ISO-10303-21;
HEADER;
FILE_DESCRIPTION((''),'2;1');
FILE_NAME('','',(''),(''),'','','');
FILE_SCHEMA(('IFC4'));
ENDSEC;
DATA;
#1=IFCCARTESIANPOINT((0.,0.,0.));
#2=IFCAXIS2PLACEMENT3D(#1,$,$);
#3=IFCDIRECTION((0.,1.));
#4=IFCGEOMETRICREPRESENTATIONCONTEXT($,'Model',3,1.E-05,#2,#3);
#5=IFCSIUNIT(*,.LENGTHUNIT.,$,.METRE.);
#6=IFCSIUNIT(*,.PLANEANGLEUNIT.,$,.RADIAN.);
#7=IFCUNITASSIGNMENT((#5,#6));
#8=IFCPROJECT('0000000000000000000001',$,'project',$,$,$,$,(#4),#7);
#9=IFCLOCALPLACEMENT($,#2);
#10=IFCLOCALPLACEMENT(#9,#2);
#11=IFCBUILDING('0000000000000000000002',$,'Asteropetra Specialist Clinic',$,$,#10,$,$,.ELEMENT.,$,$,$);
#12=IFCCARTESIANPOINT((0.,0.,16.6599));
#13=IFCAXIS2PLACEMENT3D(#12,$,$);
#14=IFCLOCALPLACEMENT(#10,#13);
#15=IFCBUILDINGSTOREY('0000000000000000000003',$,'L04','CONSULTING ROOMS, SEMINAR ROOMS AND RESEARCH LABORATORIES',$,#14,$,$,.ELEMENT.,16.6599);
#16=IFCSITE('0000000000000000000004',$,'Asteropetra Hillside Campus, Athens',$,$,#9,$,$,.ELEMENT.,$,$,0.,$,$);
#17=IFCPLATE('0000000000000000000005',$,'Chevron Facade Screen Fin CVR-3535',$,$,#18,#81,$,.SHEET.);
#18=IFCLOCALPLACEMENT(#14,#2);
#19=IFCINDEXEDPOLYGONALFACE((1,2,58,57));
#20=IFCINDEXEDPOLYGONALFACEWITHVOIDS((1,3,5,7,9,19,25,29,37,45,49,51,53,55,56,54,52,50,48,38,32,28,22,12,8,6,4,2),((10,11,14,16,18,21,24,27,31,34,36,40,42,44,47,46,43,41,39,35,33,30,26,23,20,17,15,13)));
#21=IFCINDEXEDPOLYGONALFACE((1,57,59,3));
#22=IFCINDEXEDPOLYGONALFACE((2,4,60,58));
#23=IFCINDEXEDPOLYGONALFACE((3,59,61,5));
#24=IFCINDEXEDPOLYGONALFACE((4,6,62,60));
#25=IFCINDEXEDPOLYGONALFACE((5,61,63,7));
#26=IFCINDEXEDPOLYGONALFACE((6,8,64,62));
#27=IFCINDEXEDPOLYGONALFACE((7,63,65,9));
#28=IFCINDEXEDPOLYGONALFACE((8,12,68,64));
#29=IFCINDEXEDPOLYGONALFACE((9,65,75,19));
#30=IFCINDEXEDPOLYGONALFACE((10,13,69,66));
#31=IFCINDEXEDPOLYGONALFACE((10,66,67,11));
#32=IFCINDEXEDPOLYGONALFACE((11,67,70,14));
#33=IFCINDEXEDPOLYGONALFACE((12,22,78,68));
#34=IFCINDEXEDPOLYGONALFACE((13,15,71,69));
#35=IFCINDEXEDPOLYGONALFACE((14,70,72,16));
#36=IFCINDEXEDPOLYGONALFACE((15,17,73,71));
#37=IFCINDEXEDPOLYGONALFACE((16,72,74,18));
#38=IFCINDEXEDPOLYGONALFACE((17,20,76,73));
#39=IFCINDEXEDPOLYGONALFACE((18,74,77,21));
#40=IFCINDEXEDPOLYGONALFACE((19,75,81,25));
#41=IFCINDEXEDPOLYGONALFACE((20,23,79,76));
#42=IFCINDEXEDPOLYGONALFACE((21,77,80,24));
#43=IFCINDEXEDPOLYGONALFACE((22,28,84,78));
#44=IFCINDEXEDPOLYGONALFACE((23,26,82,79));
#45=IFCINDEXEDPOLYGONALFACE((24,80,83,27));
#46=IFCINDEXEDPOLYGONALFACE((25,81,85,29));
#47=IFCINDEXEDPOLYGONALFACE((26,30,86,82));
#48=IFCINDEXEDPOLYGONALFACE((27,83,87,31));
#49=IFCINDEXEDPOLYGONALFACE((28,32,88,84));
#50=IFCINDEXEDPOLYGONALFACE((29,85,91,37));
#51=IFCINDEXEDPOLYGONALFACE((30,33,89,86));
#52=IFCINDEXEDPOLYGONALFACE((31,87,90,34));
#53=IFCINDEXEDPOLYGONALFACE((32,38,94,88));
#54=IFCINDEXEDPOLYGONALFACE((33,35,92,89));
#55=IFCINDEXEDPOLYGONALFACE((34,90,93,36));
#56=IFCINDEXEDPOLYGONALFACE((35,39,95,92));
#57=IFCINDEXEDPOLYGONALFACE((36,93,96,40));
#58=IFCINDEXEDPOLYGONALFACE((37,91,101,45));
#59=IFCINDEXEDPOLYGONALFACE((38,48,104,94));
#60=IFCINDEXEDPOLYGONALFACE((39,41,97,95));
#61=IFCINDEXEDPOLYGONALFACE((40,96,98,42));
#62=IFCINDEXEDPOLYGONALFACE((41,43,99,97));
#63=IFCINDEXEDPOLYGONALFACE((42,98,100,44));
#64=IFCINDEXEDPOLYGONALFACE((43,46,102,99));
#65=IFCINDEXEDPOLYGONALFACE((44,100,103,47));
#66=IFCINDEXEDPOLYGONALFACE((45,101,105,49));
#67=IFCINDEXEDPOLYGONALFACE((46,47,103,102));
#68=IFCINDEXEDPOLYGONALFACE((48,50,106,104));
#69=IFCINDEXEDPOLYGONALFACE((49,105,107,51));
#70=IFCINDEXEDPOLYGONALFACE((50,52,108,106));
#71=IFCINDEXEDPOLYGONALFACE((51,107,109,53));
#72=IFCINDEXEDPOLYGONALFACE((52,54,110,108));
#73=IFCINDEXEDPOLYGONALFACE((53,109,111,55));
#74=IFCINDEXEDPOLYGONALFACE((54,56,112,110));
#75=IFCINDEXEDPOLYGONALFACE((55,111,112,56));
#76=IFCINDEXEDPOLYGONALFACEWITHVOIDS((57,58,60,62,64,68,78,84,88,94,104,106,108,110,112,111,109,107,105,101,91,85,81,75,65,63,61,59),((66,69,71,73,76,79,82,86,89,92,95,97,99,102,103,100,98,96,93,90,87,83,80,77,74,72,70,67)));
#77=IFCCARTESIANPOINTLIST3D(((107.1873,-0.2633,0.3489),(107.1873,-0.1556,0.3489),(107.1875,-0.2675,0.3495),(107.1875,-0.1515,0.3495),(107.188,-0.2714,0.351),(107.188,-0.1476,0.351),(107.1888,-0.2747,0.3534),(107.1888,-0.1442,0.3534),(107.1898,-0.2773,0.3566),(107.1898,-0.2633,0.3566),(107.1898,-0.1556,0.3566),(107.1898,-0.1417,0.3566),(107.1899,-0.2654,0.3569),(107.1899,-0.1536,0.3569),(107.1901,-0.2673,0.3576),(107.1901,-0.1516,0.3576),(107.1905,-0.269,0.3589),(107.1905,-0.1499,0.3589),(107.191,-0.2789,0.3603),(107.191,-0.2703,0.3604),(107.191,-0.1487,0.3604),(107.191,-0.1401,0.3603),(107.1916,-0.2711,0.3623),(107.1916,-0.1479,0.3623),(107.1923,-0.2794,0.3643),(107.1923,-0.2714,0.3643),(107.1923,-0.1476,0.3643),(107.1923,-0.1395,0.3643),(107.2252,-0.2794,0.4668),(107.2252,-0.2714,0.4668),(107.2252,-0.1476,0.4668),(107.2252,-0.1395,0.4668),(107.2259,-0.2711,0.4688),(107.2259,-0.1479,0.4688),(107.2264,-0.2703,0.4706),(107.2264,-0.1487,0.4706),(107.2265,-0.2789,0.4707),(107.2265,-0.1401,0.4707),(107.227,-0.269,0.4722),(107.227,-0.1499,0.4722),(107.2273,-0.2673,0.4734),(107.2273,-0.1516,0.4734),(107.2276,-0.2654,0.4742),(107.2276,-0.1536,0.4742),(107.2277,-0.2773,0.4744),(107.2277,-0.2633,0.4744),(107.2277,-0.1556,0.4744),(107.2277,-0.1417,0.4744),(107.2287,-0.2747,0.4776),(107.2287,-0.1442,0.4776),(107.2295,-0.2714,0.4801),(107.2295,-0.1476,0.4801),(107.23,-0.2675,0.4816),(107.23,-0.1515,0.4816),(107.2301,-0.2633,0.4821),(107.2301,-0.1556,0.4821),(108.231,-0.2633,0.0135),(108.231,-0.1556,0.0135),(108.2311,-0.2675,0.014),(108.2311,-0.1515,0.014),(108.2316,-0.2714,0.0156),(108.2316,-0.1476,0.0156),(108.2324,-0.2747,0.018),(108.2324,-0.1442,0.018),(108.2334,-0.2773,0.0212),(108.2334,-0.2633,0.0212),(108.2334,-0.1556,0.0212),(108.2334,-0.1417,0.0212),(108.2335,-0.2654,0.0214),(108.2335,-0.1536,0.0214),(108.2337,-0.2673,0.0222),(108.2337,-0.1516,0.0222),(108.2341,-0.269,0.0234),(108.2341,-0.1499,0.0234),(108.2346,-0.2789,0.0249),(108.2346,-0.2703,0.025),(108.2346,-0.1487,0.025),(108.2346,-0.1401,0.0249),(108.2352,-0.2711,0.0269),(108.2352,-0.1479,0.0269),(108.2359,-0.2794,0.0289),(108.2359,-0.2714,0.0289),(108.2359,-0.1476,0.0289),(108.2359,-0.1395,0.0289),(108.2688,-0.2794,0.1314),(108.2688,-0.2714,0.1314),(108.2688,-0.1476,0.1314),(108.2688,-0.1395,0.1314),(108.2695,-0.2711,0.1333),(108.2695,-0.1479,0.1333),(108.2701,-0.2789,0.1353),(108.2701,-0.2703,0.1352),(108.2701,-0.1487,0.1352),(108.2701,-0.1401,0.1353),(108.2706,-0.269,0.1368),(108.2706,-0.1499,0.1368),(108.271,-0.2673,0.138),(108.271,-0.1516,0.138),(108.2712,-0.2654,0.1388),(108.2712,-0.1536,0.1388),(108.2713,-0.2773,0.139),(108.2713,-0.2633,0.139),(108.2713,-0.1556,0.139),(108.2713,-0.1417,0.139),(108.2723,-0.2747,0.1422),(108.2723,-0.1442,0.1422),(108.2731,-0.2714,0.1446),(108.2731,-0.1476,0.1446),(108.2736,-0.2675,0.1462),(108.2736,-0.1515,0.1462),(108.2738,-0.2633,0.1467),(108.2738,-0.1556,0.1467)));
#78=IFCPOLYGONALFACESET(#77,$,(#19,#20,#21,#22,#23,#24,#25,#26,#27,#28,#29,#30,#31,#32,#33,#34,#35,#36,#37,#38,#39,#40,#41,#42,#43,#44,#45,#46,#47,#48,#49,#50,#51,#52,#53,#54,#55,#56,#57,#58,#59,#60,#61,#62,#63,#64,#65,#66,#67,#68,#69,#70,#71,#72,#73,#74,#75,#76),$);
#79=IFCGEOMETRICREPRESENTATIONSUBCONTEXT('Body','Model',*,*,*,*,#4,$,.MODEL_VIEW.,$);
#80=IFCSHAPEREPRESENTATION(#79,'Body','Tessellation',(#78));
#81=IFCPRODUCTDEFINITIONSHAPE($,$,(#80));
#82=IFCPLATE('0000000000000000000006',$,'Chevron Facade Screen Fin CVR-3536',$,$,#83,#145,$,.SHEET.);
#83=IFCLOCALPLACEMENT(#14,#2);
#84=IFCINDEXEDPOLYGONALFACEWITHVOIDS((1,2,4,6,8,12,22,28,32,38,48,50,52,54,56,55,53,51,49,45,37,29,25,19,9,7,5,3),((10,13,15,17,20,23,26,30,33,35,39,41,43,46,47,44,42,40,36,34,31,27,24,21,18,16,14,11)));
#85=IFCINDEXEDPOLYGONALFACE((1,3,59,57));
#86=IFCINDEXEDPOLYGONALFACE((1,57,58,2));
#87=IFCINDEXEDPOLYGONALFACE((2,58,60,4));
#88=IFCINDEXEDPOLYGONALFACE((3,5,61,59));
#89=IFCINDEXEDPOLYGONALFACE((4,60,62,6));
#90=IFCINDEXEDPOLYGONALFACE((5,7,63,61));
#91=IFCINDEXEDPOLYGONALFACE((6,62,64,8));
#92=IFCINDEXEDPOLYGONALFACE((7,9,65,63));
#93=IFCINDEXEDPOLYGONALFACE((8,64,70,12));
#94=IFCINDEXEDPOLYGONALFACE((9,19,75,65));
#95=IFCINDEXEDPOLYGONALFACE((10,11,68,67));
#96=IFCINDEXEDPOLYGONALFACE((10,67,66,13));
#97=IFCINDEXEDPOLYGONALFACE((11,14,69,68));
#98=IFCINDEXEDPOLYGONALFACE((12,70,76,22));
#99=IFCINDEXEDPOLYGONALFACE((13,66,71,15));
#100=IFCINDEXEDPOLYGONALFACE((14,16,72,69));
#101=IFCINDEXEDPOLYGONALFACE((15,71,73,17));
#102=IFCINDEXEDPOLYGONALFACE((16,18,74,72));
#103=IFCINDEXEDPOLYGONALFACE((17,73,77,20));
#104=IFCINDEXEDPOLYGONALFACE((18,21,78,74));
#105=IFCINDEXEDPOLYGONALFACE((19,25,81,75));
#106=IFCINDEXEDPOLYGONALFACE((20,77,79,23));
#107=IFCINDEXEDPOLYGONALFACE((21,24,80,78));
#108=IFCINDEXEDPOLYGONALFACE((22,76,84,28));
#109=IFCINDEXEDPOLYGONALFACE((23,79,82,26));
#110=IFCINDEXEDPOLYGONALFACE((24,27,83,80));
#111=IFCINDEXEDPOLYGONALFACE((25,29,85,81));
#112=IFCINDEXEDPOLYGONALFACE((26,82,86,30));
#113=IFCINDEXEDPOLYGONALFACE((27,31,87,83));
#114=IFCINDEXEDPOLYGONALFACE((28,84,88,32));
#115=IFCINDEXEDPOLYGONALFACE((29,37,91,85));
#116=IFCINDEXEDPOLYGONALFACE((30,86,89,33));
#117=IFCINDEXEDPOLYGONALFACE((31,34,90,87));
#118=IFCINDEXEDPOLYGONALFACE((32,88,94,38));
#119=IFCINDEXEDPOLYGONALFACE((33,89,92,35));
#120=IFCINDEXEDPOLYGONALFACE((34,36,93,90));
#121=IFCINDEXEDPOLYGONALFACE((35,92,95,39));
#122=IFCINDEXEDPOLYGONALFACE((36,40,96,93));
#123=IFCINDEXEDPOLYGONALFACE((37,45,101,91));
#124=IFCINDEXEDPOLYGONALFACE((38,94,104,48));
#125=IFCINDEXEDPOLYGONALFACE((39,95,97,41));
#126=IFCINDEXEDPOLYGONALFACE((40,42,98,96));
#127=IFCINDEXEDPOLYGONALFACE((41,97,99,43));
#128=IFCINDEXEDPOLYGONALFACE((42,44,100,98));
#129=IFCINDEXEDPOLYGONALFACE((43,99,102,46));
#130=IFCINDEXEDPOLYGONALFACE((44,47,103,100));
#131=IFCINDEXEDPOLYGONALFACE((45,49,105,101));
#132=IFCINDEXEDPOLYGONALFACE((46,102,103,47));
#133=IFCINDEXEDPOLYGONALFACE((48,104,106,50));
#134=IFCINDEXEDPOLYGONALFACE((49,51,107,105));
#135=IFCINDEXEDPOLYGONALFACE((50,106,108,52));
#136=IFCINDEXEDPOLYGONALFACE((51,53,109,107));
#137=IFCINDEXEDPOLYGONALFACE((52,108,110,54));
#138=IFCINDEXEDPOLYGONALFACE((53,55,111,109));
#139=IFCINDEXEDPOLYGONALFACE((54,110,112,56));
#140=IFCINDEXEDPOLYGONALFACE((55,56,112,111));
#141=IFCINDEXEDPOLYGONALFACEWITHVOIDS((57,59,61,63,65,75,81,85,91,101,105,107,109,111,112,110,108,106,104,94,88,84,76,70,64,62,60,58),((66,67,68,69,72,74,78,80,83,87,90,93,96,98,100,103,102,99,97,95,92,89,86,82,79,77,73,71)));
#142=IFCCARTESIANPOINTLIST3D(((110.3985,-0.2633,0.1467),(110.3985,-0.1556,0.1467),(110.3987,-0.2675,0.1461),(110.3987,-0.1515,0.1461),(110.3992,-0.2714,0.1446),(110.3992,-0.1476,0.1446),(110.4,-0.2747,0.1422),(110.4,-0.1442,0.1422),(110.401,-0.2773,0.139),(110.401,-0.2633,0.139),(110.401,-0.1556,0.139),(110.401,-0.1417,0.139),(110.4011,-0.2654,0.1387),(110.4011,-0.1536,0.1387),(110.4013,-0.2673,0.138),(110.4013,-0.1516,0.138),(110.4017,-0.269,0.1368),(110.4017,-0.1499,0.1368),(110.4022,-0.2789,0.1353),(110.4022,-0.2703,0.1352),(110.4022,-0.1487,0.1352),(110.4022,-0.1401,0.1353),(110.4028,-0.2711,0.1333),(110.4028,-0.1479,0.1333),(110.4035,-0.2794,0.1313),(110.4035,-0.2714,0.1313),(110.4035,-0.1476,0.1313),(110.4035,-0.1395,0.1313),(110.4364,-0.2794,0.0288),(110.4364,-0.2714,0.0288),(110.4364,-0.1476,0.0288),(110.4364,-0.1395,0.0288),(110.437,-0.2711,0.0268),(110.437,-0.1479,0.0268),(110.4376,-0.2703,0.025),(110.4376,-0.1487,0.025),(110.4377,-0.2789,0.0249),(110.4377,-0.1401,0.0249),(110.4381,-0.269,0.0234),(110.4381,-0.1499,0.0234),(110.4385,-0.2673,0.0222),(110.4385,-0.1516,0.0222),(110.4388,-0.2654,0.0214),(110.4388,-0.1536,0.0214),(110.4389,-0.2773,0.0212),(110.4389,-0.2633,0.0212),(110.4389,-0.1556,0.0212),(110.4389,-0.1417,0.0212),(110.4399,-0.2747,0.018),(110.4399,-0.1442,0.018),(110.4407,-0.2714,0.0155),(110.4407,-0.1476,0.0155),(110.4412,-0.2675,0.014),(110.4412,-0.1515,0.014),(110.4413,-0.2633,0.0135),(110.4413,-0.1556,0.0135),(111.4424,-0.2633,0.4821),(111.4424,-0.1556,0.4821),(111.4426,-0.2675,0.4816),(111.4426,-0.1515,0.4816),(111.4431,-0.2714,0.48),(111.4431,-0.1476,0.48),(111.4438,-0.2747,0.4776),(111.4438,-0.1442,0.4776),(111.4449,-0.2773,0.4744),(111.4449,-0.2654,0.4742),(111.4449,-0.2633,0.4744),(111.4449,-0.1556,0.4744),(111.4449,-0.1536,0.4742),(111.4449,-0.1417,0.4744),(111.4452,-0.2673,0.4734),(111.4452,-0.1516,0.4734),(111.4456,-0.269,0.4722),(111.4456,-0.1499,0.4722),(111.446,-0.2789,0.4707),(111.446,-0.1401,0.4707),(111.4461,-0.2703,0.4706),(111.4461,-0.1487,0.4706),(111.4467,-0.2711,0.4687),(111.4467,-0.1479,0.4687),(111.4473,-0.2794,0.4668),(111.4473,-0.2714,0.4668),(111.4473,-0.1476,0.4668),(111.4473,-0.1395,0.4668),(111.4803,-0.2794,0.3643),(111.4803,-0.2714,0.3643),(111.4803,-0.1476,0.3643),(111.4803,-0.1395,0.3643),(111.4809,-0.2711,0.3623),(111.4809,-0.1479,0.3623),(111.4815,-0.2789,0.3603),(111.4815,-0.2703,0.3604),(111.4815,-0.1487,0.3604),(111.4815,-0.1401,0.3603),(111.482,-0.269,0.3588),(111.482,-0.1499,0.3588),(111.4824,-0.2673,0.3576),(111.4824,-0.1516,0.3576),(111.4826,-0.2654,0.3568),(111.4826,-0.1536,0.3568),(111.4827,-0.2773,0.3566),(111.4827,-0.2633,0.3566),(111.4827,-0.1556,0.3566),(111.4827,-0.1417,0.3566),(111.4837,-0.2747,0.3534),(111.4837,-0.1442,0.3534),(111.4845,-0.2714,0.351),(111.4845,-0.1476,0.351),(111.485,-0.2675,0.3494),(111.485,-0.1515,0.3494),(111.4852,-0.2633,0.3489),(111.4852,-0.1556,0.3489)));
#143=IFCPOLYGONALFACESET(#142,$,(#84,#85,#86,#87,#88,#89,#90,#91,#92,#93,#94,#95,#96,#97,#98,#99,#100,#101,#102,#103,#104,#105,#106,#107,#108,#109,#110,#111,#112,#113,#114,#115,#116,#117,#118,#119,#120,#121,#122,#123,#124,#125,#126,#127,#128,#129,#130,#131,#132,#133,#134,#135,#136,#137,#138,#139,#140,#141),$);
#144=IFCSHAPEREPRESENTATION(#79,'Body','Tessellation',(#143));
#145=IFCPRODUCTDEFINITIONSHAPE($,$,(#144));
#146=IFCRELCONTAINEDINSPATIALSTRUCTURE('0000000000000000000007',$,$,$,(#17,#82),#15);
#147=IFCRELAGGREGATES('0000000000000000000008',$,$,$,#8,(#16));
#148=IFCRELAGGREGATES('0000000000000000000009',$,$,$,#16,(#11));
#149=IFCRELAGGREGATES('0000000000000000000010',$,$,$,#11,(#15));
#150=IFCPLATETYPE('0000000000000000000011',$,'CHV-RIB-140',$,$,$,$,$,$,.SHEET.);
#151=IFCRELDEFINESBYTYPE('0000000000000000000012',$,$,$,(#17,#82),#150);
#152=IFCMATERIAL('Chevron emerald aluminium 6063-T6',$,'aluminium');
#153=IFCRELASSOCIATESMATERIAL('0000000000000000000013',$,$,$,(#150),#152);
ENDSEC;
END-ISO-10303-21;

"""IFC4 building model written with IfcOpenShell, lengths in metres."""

from ifc_helpers import new_model, si_unit, direction, frame, origin, origin_2d, place, context, subcontext, project, spatial, hollow_rectangle, extrude, material, material_profile, profile_set, type_object, element, save


model = new_model("IFC4")

# Units and contexts
model_context = context("Model", 3, precision=1e-05, world=origin(), true_north=direction((0.0, 1.0)))
body_context = subcontext(model_context, "Body", "Model", "MODEL_VIEW")
ifc_project = project(units=[si_unit("LENGTHUNIT", "METRE"), si_unit("PLANEANGLEUNIT", "RADIAN")], contexts=[model_context])

# Site, building, storey
site_placement = place(None, origin())
site = spatial("IfcSite", under=ifc_project, at=site_placement, Name="Asteropetra Hillside Campus, Athens", CompositionType="ELEMENT", RefElevation=0.0)
building_placement = place(site_placement, origin())
building = spatial("IfcBuilding", under=site, at=building_placement, Name="Asteropetra Specialist Clinic", CompositionType="ELEMENT")
storey_placement = place(building_placement, frame((0.0, 0.0, 16.6599)))
storey = spatial("IfcBuildingStorey", under=building, at=storey_placement, Name="L04", Description="CONSULTING ROOMS, SEMINAR ROOMS AND RESEARCH LABORATORIES", CompositionType="ELEMENT", Elevation=16.6599)

# Plates
ifc_material_1 = material(Name="Chevron emerald aluminium 6063-T6", Category="aluminium")
ifc_material_profile_1 = material_profile(ifc_material_1, hollow_rectangle(XDim=0.1399, YDim=0.1399, WallThickness=0.0081, InnerFilletRadius=0.0081, OuterFilletRadius=0.0161, at=origin_2d()), Name="SHS 140x140x8.0")
ifc_profile_set_1 = profile_set([ifc_material_profile_1], Name="Chevron emerald aluminium 6063-T6")
plate_type = type_object("IfcPlateType", Name="CHV-RIB-140", PredefinedType="SHEET", material=ifc_profile_set_1)
for number, where, z_axis, x_axis, name in (
    (1, (107.2087, -0.2095, 0.4155), (0.952036, 0.0, -0.305988), (0.0, 1.0, 0.0), "Chevron Facade Screen Fin CVR-3535"),
):
    element("IfcPlate", number, at=place(storey_placement, frame(where, z_axis=z_axis, x_axis=x_axis)), inside=storey, type_object=plate_type, Name=name, PredefinedType="SHEET", context=body_context, shape_type="SweptSolid", body=[
        extrude(hollow_rectangle(XDim=0.1399, YDim=0.1399, WallThickness=0.0081, InnerFilletRadius=0.0081, OuterFilletRadius=0.0161, at=origin_2d()), origin(), (0.0, 0.0, 1.0), 1.0962),
    ])
plate_1_placement = place(storey_placement, frame((110.4199, -0.2095, 0.0801), z_axis=(0.952056, 0.0, 0.305923), x_axis=(0.0, 1.0, 0.0)))
element("IfcPlate", 2, at=plate_1_placement, inside=storey, type_object=plate_type, Name="Chevron Facade Screen Fin CVR-3536", PredefinedType="SHEET", context=body_context, shape_type="SweptSolid", body=[
    extrude(hollow_rectangle(XDim=0.1399, YDim=0.1399, WallThickness=0.0081, InnerFilletRadius=0.0081, OuterFilletRadius=0.0161, at=origin_2d()), origin(), (0.0, 0.0, 1.0), 1.0964),
])

save(model, "model.ifc")
